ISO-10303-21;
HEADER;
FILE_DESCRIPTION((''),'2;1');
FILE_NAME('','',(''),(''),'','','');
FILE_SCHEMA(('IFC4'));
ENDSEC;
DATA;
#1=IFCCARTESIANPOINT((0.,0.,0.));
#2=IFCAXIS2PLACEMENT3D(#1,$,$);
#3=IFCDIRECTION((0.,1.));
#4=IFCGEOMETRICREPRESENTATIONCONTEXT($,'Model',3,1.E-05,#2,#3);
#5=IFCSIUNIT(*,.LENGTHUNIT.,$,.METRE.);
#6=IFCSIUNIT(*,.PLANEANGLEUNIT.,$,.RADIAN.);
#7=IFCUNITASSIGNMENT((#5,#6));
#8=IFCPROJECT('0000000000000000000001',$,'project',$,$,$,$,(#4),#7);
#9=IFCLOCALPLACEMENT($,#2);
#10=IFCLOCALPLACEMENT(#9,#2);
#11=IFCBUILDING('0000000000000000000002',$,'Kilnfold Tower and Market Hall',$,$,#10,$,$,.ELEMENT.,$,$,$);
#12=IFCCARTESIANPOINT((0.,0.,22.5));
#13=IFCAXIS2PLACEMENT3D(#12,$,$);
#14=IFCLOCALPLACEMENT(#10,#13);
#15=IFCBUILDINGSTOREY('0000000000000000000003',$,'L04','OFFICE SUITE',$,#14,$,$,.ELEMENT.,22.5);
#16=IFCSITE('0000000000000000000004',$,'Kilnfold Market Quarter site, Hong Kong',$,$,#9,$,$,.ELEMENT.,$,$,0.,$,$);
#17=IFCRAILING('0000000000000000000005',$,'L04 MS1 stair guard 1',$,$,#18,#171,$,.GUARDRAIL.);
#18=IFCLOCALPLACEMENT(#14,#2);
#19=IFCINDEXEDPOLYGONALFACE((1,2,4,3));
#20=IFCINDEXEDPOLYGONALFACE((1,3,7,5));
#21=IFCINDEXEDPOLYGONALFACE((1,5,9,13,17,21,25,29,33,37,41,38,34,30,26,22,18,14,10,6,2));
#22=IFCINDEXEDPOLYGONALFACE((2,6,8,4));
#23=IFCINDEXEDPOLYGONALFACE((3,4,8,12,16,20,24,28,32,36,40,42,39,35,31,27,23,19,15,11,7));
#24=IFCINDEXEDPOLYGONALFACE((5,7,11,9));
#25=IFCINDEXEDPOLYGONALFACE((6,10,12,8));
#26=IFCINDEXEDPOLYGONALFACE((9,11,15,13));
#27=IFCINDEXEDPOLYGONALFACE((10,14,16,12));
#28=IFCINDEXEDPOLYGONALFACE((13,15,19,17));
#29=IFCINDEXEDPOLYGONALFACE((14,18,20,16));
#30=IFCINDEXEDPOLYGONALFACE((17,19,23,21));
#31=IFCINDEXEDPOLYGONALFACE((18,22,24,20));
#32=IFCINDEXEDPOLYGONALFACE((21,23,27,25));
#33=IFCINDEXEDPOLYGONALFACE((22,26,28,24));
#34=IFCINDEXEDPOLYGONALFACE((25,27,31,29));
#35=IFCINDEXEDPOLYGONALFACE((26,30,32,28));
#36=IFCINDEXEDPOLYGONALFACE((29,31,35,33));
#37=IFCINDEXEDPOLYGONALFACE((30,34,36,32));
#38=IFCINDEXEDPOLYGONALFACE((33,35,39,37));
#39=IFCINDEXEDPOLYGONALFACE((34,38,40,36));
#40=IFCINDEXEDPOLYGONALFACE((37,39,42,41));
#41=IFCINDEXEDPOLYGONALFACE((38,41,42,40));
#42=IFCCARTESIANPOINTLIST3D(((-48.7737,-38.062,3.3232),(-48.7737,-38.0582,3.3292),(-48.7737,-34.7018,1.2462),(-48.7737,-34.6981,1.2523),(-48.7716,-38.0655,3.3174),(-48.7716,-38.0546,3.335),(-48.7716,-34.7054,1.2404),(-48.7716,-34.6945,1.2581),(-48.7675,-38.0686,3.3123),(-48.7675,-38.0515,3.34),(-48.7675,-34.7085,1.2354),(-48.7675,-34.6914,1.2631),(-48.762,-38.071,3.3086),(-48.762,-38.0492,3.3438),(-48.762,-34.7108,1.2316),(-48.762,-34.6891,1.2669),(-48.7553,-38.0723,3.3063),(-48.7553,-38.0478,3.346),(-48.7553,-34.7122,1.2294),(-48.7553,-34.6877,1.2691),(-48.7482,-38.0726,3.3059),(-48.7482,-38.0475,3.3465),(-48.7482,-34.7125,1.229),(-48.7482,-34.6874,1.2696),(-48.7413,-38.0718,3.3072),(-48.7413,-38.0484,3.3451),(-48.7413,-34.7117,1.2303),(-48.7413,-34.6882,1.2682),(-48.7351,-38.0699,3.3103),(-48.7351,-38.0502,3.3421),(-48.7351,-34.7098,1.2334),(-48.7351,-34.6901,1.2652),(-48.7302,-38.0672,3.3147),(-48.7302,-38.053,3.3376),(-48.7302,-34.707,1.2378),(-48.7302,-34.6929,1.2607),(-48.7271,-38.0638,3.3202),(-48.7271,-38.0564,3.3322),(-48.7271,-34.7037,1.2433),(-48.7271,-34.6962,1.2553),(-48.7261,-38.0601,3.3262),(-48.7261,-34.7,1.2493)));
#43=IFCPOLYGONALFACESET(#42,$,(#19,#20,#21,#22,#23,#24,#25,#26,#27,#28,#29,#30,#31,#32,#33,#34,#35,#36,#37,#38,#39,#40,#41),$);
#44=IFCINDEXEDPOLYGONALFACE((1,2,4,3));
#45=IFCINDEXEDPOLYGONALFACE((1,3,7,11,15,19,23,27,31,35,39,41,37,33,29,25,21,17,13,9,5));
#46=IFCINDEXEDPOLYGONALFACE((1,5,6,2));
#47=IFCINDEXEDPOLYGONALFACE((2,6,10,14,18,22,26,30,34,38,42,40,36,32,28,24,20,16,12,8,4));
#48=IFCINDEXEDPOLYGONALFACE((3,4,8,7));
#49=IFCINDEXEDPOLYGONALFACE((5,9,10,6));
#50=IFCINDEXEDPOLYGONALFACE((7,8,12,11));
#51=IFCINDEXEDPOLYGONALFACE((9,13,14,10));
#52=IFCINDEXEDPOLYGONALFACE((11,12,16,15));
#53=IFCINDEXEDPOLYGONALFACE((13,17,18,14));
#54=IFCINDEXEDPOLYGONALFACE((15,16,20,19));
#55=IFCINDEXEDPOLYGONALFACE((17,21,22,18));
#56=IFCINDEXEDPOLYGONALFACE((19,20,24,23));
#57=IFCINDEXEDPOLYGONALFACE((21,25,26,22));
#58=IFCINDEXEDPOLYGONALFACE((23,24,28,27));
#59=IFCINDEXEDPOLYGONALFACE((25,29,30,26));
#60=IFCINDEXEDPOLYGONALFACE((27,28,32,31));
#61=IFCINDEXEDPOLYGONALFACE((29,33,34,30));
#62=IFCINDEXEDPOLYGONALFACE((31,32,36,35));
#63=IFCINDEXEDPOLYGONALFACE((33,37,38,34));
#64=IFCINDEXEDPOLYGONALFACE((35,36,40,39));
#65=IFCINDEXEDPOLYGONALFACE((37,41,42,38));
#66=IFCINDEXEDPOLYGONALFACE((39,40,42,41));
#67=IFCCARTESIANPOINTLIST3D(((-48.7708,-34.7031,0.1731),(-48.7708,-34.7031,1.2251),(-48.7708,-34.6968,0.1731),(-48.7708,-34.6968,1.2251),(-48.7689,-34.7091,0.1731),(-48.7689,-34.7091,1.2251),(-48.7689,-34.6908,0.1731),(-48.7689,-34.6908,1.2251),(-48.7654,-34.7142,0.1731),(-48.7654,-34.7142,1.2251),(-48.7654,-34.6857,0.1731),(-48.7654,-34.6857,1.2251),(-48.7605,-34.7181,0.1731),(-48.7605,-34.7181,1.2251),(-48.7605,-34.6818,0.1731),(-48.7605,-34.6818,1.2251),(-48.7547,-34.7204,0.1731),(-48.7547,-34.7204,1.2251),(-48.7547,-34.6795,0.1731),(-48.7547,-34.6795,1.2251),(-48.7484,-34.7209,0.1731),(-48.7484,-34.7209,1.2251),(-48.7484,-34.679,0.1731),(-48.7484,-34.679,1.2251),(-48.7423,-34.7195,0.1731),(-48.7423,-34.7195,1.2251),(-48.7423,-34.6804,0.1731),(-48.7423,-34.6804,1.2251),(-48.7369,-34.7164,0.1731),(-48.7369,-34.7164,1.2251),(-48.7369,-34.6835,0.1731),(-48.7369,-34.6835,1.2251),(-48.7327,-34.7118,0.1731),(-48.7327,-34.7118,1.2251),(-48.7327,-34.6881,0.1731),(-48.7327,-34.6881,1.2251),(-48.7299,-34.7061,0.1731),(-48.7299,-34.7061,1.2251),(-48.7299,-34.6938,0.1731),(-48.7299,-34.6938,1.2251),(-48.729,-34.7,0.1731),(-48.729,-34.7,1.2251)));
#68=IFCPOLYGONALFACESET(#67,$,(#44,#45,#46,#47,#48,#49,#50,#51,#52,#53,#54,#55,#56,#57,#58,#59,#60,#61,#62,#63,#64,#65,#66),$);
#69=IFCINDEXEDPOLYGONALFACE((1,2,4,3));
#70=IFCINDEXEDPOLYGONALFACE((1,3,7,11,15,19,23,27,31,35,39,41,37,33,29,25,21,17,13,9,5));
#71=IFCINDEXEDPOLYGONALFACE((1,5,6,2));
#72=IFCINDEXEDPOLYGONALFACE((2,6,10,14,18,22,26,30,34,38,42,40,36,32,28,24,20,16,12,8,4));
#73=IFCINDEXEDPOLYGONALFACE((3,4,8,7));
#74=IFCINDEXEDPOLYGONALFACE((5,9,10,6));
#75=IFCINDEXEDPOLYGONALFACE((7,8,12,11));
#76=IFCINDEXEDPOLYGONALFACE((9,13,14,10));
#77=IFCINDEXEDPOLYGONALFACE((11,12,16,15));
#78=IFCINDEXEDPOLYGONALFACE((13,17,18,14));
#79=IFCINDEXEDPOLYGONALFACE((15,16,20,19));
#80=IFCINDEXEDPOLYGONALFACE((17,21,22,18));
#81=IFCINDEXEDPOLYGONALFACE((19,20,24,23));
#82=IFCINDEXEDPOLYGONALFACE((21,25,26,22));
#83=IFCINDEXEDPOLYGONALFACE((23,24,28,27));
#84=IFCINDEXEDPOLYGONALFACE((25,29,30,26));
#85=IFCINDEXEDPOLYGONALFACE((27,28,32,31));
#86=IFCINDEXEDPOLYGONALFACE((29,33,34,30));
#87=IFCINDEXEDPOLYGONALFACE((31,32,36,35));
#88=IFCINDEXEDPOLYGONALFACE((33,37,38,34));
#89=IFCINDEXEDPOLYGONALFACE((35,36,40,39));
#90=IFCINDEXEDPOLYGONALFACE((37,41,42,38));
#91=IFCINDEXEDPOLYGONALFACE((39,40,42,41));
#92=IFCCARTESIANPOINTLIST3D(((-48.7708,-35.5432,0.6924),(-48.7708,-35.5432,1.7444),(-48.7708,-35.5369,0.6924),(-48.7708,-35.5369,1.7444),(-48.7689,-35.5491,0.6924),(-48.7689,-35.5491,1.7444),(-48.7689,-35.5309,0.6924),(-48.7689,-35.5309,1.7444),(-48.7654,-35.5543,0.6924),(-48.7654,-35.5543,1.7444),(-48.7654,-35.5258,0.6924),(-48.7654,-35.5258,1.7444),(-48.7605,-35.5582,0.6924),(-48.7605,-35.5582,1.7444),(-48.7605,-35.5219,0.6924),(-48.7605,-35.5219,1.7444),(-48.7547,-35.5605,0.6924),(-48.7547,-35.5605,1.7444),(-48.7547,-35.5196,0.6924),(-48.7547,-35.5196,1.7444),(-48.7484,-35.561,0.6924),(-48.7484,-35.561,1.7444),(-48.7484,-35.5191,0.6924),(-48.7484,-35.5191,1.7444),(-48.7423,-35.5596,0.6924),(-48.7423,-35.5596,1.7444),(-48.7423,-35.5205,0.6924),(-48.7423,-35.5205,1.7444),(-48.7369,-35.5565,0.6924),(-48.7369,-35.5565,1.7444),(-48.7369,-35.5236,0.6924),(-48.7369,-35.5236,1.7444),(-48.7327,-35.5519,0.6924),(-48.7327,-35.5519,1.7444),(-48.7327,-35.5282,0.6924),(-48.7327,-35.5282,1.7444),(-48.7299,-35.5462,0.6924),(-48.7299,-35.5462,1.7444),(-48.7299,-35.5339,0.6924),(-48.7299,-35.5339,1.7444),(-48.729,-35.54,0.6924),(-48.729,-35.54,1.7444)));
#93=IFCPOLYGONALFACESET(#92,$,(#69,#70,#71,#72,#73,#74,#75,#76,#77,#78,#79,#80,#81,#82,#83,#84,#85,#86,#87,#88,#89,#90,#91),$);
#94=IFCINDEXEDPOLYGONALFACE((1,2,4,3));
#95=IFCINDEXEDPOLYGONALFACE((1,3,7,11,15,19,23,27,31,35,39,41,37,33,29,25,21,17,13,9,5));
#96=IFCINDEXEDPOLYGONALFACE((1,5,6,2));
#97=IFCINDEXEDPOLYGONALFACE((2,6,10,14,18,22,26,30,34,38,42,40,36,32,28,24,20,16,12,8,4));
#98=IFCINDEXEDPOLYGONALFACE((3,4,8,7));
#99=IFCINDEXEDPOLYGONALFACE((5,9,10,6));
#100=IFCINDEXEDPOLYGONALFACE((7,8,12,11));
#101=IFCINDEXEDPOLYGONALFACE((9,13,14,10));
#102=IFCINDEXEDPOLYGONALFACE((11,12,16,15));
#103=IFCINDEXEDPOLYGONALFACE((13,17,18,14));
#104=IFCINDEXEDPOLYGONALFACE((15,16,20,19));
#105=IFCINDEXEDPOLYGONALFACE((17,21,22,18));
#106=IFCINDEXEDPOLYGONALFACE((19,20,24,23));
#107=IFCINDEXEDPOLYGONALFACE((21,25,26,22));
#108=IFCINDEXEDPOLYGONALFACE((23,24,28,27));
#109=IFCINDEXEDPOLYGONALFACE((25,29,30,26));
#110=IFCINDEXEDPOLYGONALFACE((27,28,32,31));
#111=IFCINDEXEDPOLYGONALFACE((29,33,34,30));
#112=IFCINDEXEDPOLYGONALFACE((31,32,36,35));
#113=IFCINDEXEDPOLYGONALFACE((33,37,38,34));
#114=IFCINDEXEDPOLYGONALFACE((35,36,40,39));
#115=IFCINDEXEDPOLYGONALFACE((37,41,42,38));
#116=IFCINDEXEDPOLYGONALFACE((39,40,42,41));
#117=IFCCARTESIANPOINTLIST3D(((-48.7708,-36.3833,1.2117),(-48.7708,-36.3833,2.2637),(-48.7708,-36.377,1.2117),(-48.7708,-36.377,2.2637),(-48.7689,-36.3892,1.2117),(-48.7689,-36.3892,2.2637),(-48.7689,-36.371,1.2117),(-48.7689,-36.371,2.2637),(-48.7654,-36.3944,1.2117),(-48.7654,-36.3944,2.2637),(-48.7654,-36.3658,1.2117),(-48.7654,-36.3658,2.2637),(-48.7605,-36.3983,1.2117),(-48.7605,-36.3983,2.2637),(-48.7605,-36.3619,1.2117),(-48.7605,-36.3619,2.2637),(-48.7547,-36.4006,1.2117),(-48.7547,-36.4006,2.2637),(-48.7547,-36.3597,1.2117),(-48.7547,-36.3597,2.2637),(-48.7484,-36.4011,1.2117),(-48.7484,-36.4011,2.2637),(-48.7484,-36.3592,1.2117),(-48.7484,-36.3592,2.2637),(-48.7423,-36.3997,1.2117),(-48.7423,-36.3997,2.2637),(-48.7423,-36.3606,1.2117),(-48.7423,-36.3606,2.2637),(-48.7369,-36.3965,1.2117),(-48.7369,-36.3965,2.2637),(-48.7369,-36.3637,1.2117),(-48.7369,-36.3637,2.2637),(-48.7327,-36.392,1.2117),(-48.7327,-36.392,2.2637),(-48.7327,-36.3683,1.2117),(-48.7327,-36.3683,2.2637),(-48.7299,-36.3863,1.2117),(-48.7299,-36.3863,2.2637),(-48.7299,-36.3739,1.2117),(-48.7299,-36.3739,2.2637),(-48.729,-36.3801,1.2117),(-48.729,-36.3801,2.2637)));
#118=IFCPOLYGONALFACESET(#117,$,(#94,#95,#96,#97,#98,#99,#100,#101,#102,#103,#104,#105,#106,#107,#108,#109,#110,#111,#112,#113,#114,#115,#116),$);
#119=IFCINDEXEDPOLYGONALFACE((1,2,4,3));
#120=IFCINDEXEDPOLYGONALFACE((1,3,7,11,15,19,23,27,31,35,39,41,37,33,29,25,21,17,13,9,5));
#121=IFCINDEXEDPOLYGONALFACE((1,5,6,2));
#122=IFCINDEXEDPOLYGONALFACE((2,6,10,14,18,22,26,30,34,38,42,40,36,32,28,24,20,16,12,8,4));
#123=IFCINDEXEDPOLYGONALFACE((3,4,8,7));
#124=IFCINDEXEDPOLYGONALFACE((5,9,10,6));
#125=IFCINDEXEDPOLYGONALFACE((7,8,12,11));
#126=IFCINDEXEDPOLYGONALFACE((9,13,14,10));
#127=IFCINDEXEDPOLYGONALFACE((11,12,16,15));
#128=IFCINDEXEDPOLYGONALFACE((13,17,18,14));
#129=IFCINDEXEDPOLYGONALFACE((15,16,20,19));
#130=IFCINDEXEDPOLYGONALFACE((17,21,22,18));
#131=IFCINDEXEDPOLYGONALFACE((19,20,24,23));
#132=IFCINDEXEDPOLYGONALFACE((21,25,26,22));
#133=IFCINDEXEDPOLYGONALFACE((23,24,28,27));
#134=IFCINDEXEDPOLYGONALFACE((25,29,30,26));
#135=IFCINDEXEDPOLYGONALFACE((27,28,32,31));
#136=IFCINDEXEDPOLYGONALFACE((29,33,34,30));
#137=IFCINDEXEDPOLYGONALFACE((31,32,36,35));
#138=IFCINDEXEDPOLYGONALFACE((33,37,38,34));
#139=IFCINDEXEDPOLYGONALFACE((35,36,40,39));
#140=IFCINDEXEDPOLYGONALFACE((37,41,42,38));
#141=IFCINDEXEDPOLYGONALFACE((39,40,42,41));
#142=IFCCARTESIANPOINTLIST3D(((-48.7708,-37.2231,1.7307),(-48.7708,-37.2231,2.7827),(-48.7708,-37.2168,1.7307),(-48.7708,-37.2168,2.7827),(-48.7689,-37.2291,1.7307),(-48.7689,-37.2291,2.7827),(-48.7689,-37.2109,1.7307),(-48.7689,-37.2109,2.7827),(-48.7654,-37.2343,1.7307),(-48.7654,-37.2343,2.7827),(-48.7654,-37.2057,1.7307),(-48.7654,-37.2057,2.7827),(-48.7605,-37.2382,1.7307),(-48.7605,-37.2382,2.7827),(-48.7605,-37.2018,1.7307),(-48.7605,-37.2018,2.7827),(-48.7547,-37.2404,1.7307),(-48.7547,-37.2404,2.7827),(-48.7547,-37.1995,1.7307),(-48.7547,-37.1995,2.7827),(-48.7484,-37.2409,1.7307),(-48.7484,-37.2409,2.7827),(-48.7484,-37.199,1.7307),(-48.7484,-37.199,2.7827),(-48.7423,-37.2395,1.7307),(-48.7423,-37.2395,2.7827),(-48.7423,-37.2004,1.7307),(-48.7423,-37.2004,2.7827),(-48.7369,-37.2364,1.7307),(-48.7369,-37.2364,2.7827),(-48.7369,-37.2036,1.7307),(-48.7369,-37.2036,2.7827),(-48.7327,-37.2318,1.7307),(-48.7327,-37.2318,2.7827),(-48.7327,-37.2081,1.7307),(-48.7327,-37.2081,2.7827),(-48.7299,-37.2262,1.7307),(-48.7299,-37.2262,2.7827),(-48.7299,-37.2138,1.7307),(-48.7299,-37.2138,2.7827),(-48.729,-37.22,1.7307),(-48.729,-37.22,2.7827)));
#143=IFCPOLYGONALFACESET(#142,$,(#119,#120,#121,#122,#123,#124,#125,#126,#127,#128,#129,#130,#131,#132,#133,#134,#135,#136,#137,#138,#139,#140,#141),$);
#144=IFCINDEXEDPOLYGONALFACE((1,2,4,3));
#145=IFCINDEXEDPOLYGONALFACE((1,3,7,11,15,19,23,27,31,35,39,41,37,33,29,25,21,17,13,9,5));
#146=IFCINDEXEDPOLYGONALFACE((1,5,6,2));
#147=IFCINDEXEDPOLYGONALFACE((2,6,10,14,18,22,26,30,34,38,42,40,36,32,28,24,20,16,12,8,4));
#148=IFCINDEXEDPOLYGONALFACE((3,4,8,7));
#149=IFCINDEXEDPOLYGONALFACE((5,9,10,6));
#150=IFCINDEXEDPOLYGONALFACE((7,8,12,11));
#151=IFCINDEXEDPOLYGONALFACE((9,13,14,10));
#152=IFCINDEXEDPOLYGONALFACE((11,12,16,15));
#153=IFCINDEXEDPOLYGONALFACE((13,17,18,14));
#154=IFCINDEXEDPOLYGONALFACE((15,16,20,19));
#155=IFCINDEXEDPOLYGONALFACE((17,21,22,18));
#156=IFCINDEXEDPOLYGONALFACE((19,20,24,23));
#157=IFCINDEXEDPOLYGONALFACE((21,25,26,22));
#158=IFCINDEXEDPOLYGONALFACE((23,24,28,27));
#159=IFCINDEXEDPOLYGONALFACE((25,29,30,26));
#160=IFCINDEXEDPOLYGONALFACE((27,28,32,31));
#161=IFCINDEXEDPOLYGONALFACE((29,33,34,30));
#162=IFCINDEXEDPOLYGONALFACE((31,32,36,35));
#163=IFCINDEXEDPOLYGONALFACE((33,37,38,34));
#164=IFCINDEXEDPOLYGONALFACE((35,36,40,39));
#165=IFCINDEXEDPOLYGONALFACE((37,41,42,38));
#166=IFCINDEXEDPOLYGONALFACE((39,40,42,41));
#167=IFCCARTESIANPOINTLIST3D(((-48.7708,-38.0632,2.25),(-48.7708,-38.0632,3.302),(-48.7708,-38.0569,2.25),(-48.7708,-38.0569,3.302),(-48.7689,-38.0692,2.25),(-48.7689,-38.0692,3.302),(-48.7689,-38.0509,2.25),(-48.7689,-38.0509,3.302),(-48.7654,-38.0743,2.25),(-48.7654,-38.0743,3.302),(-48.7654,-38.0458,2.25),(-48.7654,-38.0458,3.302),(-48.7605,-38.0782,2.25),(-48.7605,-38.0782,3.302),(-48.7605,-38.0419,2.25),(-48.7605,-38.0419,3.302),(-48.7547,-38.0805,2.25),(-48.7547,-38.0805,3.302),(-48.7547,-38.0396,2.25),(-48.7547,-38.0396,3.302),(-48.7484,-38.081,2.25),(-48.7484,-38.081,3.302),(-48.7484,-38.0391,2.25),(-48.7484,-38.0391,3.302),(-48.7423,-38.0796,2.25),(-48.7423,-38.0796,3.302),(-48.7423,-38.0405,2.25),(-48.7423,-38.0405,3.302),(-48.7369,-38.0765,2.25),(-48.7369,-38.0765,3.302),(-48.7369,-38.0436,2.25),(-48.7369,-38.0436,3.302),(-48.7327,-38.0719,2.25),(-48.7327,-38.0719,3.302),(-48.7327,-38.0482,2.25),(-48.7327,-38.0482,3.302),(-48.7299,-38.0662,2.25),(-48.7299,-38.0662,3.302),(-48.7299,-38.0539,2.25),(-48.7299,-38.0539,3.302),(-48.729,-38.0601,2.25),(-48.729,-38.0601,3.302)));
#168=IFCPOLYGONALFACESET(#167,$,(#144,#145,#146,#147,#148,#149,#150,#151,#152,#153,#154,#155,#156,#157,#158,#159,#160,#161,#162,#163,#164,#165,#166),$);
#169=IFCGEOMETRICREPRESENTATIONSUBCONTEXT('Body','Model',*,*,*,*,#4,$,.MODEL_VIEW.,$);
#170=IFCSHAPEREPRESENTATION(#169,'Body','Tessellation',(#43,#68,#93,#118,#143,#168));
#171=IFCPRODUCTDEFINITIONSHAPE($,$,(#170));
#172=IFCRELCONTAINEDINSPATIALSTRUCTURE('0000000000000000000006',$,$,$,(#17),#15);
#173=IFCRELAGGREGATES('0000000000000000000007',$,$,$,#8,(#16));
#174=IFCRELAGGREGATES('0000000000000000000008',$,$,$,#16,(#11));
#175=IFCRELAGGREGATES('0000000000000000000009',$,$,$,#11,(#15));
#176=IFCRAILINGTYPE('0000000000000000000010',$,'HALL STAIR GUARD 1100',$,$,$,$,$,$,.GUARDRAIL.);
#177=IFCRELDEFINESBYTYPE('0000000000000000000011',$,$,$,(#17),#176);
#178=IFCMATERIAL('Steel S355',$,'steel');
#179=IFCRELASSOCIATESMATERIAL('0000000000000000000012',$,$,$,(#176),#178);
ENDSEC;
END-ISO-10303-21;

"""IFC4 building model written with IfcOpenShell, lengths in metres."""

from ifc_helpers import new_model, si_unit, direction, frame, origin, origin_2d, place, context, subcontext, project, spatial, circle, extrude, material, type_object, element, save


model = new_model("IFC4")

# Units and contexts
model_context = context("Model", 3, precision=1e-05, world=origin(), true_north=direction((0.0, 1.0)))
body_context = subcontext(model_context, "Body", "Model", "MODEL_VIEW")
ifc_project = project(units=[si_unit("LENGTHUNIT", "METRE"), si_unit("PLANEANGLEUNIT", "RADIAN")], contexts=[model_context])

# Site, building, storey
site_placement = place(None, origin())
site = spatial("IfcSite", under=ifc_project, at=site_placement, Name="Kilnfold Market Quarter site, Hong Kong", CompositionType="ELEMENT", RefElevation=0.0)
building_placement = place(site_placement, origin())
building = spatial("IfcBuilding", under=site, at=building_placement, Name="Kilnfold Tower and Market Hall", CompositionType="ELEMENT")
storey_placement = place(building_placement, frame((0.0, 0.0, 22.5)))
storey = spatial("IfcBuildingStorey", under=building, at=storey_placement, Name="L04", Description="OFFICE SUITE", CompositionType="ELEMENT", Elevation=22.5)

# Railing
ifc_material_1 = material(Name="Steel S355", Category="steel")
railing_type_1 = type_object("IfcRailingType", Name="HALL STAIR GUARD 1100", PredefinedType="GUARDRAIL", material=ifc_material_1)
railing_1_placement = place(storey_placement, frame((-48.75, -34.7, 0.1731)))
element("IfcRailing", 1, at=railing_1_placement, inside=storey, type_object=railing_type_1, Name="L04 MS1 stair guard 1", PredefinedType="GUARDRAIL", context=body_context, shape_type="SweptSolid", body=[
    extrude(circle(Radius=0.0239, at=origin_2d()), frame((0.0, 0.0, 1.0762), z_axis=(0.0, -0.850623, 0.525776), x_axis=(1.0, 0.0, 0.0)), (0.0, 0.0, 1.0), 3.9502),
    extrude(circle(Radius=0.021, at=origin_2d()), origin(), (0.0, 0.0, 1.0), 1.052),
    extrude(circle(Radius=0.021, at=origin_2d()), frame((0.0, -0.8401, 0.5193)), (0.0, 0.0, 1.0), 1.052),
    extrude(circle(Radius=0.021, at=origin_2d()), frame((0.0, -1.6802, 1.0386)), (0.0, 0.0, 1.0), 1.052),
    extrude(circle(Radius=0.021, at=origin_2d()), frame((0.0, -2.52, 1.5576)), (0.0, 0.0, 1.0), 1.052),
    extrude(circle(Radius=0.021, at=origin_2d()), frame((0.0, -3.3601, 2.0769)), (0.0, 0.0, 1.0), 1.052),
])

save(model, "model.ifc")
